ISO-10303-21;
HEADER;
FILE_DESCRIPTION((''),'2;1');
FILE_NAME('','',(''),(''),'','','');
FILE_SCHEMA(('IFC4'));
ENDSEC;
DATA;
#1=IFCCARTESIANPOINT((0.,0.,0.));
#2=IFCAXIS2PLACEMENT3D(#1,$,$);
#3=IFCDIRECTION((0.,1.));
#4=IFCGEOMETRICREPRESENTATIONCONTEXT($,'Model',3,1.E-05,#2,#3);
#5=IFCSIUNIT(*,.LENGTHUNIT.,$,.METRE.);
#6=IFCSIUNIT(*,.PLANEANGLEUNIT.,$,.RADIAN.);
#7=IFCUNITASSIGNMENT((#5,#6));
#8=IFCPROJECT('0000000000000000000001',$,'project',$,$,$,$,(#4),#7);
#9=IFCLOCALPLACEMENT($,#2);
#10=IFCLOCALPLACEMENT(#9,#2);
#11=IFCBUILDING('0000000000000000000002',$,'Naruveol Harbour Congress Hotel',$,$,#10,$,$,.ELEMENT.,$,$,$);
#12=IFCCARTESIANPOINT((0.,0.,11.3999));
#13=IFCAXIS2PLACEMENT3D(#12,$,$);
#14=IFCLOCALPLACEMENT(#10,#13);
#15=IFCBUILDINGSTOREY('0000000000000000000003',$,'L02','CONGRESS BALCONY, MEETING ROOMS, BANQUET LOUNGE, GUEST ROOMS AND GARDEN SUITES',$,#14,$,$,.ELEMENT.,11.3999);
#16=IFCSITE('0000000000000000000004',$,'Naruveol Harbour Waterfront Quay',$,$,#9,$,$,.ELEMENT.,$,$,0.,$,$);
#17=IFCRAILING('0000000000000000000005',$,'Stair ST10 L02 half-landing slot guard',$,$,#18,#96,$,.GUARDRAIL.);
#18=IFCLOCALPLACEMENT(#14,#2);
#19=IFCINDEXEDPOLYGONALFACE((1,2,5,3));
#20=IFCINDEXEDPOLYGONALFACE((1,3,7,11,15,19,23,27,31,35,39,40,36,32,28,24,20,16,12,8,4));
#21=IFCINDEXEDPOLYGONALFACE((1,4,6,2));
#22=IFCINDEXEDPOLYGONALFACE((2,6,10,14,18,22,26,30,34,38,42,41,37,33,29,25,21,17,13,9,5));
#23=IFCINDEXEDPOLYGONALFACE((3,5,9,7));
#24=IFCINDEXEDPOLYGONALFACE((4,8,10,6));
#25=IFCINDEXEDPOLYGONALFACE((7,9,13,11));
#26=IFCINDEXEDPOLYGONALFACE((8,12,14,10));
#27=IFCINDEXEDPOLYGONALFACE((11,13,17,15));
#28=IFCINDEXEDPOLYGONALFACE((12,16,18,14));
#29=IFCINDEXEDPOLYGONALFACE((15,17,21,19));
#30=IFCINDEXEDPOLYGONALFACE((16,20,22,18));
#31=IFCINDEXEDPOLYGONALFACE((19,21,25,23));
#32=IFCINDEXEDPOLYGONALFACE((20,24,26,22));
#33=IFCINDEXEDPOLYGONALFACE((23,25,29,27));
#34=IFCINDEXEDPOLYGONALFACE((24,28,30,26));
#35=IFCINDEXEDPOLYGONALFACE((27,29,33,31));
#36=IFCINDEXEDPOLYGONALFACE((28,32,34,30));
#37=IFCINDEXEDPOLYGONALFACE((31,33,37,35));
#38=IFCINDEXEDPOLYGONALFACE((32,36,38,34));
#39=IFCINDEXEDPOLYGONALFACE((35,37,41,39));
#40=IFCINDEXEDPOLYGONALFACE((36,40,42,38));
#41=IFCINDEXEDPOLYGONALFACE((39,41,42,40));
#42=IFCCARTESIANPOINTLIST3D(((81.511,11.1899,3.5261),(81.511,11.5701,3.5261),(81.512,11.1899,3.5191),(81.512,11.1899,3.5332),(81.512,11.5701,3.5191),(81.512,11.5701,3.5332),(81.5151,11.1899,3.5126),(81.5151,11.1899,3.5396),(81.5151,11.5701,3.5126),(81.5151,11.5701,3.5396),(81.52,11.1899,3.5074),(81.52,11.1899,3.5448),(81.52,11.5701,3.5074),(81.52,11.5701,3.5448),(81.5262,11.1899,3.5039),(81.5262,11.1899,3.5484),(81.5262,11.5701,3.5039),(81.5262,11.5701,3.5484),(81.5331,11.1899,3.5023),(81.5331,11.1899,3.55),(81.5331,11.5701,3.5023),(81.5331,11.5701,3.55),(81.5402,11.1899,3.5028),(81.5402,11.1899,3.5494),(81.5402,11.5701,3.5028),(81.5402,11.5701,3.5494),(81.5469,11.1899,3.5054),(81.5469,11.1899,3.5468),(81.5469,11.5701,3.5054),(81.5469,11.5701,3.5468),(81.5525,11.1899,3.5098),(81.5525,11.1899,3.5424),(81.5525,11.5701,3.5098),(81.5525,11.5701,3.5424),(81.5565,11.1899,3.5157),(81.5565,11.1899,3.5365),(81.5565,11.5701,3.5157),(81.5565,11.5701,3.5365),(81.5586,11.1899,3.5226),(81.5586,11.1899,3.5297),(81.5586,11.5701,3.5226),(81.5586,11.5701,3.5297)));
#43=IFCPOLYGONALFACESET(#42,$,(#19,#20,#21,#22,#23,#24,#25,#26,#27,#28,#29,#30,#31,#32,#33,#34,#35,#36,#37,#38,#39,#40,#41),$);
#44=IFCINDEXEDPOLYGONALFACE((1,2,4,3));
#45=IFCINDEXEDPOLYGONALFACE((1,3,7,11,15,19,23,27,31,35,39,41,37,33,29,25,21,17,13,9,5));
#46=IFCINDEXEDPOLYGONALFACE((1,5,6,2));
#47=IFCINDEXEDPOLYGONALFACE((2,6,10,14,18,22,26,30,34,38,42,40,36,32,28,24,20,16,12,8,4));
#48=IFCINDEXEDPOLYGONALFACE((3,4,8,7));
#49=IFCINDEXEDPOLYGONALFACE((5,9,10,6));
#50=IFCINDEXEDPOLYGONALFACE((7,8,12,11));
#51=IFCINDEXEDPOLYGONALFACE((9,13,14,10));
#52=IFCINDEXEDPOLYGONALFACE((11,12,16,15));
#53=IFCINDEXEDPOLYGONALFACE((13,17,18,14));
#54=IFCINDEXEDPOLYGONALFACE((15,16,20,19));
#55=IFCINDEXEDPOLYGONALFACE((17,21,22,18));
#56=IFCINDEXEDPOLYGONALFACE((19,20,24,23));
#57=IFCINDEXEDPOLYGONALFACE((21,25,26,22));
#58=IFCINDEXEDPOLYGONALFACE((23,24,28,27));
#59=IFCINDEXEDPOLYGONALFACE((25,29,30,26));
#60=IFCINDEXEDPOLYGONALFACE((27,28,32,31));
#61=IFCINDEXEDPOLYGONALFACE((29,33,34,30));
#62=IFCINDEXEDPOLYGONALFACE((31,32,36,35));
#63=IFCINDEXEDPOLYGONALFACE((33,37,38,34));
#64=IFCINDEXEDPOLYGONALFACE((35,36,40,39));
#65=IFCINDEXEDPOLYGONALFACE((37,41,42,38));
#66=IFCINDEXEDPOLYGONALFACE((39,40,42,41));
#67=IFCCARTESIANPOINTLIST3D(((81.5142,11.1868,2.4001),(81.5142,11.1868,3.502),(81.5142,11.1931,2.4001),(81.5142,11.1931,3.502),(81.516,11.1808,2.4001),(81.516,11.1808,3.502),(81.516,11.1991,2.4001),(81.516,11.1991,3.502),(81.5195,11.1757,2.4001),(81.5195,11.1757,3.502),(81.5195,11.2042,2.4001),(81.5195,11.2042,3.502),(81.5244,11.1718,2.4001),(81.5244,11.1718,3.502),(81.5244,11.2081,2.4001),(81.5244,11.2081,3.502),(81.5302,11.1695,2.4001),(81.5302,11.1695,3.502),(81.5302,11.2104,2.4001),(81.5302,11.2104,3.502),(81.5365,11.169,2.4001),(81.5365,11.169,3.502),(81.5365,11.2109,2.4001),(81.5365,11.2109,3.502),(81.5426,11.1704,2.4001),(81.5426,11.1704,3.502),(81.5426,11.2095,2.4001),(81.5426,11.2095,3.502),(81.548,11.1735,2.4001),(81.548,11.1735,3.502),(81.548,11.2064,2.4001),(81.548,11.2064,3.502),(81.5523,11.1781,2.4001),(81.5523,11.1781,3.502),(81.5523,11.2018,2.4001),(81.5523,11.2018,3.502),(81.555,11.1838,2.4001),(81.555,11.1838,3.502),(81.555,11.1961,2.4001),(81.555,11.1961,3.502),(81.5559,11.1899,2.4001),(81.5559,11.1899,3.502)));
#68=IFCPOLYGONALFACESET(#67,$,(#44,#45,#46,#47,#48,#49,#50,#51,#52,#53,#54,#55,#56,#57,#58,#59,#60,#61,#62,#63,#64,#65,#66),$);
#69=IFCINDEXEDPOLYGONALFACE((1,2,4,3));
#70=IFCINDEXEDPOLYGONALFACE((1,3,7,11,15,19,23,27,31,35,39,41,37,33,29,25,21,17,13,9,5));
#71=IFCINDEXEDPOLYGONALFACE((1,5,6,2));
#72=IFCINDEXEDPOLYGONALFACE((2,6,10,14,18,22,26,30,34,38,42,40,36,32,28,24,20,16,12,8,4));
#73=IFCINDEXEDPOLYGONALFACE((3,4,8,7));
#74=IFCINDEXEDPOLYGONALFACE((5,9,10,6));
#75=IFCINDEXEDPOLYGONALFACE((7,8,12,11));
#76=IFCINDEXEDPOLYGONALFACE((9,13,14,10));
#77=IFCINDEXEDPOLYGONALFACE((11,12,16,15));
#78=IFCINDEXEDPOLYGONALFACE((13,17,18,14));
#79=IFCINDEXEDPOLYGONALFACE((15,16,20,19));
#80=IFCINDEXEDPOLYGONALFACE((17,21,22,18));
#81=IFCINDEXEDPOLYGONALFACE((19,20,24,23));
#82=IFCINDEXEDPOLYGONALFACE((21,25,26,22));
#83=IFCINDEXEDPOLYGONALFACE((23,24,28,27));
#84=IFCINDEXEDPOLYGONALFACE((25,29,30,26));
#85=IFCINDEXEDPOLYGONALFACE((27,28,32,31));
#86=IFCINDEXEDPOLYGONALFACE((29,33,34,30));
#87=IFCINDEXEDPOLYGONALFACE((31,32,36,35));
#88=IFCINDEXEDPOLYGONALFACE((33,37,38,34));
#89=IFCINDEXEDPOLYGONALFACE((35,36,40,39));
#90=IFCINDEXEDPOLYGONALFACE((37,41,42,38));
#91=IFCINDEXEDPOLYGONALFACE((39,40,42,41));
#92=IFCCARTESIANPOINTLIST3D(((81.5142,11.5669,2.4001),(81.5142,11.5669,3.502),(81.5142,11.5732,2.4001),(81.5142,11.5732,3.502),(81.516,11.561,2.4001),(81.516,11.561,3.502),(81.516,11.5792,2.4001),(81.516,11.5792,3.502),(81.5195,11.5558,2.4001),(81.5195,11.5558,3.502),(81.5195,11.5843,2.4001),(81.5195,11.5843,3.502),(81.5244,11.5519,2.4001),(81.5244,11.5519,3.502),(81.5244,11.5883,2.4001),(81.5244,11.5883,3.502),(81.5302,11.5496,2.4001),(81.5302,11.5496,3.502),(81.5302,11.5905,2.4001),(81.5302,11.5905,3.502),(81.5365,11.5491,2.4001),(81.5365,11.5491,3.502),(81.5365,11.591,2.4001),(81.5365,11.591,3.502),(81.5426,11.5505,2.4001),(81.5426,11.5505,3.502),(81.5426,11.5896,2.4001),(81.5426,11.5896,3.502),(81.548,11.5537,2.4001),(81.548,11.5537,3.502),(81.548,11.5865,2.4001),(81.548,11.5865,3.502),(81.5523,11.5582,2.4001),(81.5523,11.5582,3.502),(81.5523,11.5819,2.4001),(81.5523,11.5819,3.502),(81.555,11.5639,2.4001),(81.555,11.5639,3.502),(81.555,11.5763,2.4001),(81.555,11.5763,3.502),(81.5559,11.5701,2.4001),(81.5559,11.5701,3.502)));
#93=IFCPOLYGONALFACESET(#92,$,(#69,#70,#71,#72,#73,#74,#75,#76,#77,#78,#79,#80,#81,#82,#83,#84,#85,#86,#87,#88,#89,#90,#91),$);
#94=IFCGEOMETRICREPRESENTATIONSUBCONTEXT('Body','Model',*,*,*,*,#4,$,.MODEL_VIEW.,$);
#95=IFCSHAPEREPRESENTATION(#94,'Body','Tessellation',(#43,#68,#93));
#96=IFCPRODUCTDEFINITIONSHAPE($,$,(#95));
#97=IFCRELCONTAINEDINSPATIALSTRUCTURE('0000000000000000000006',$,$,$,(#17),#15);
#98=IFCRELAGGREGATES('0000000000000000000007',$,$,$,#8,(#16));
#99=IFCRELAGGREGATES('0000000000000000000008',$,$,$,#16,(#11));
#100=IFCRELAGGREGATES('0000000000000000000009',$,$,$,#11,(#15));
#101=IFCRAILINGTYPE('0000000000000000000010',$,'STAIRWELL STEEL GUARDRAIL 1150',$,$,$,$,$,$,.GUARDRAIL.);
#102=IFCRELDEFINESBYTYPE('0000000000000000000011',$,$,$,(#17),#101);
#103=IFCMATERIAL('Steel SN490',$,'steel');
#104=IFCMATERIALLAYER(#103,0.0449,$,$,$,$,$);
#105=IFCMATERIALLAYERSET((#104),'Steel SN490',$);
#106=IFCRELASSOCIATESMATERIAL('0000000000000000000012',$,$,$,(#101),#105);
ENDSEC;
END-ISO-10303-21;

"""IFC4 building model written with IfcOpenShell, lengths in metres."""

from ifc_helpers import new_model, si_unit, direction, frame, origin, origin_2d, place, context, subcontext, project, spatial, circle, extrude, material, layer, layer_set, type_object, element, save


model = new_model("IFC4")

# Units and contexts
model_context = context("Model", 3, precision=1e-05, world=origin(), true_north=direction((0.0, 1.0)))
body_context = subcontext(model_context, "Body", "Model", "MODEL_VIEW")
ifc_project = project(units=[si_unit("LENGTHUNIT", "METRE"), si_unit("PLANEANGLEUNIT", "RADIAN")], contexts=[model_context])

# Site, building, storey
site_placement = place(None, origin())
site = spatial("IfcSite", under=ifc_project, at=site_placement, Name="Naruveol Harbour Waterfront Quay", CompositionType="ELEMENT", RefElevation=0.0)
building_placement = place(site_placement, origin())
building = spatial("IfcBuilding", under=site, at=building_placement, Name="Naruveol Harbour Congress Hotel", CompositionType="ELEMENT")
storey_placement = place(building_placement, frame((0.0, 0.0, 11.3999)))
storey = spatial("IfcBuildingStorey", under=building, at=storey_placement, Name="L02", Description="CONGRESS BALCONY, MEETING ROOMS, BANQUET LOUNGE, GUEST ROOMS AND GARDEN SUITES", CompositionType="ELEMENT", Elevation=11.3999)

# Railing
ifc_material_1 = material(Name="Steel SN490", Category="steel")
ifc_layer_1 = layer(ifc_material_1, 0.0449)
ifc_layer_set_1 = layer_set([ifc_layer_1], Name="Steel SN490")
railing_type_1 = type_object("IfcRailingType", Name="STAIRWELL STEEL GUARDRAIL 1150", PredefinedType="GUARDRAIL", material=ifc_layer_set_1)
railing_1_placement = place(storey_placement, frame((81.5349, 11.1899, 2.4001)))
element("IfcRailing", 1, at=railing_1_placement, inside=storey, type_object=railing_type_1, Name="Stair ST10 L02 half-landing slot guard", PredefinedType="GUARDRAIL", context=body_context, shape_type="SweptSolid", body=[
    extrude(circle(Radius=0.0239, at=origin_2d()), frame((0.0, 0.0, 1.126), z_axis=(0.0, 1.0, 0.0), x_axis=(-1.0, 0.0, 0.0)), (0.0, 0.0, 1.0), 0.3801),
    extrude(circle(Radius=0.021, at=origin_2d()), origin(), (0.0, 0.0, 1.0), 1.1018),
    extrude(circle(Radius=0.021, at=origin_2d()), frame((0.0, 0.3801, 0.0)), (0.0, 0.0, 1.0), 1.1018),
])

save(model, "model.ifc")
